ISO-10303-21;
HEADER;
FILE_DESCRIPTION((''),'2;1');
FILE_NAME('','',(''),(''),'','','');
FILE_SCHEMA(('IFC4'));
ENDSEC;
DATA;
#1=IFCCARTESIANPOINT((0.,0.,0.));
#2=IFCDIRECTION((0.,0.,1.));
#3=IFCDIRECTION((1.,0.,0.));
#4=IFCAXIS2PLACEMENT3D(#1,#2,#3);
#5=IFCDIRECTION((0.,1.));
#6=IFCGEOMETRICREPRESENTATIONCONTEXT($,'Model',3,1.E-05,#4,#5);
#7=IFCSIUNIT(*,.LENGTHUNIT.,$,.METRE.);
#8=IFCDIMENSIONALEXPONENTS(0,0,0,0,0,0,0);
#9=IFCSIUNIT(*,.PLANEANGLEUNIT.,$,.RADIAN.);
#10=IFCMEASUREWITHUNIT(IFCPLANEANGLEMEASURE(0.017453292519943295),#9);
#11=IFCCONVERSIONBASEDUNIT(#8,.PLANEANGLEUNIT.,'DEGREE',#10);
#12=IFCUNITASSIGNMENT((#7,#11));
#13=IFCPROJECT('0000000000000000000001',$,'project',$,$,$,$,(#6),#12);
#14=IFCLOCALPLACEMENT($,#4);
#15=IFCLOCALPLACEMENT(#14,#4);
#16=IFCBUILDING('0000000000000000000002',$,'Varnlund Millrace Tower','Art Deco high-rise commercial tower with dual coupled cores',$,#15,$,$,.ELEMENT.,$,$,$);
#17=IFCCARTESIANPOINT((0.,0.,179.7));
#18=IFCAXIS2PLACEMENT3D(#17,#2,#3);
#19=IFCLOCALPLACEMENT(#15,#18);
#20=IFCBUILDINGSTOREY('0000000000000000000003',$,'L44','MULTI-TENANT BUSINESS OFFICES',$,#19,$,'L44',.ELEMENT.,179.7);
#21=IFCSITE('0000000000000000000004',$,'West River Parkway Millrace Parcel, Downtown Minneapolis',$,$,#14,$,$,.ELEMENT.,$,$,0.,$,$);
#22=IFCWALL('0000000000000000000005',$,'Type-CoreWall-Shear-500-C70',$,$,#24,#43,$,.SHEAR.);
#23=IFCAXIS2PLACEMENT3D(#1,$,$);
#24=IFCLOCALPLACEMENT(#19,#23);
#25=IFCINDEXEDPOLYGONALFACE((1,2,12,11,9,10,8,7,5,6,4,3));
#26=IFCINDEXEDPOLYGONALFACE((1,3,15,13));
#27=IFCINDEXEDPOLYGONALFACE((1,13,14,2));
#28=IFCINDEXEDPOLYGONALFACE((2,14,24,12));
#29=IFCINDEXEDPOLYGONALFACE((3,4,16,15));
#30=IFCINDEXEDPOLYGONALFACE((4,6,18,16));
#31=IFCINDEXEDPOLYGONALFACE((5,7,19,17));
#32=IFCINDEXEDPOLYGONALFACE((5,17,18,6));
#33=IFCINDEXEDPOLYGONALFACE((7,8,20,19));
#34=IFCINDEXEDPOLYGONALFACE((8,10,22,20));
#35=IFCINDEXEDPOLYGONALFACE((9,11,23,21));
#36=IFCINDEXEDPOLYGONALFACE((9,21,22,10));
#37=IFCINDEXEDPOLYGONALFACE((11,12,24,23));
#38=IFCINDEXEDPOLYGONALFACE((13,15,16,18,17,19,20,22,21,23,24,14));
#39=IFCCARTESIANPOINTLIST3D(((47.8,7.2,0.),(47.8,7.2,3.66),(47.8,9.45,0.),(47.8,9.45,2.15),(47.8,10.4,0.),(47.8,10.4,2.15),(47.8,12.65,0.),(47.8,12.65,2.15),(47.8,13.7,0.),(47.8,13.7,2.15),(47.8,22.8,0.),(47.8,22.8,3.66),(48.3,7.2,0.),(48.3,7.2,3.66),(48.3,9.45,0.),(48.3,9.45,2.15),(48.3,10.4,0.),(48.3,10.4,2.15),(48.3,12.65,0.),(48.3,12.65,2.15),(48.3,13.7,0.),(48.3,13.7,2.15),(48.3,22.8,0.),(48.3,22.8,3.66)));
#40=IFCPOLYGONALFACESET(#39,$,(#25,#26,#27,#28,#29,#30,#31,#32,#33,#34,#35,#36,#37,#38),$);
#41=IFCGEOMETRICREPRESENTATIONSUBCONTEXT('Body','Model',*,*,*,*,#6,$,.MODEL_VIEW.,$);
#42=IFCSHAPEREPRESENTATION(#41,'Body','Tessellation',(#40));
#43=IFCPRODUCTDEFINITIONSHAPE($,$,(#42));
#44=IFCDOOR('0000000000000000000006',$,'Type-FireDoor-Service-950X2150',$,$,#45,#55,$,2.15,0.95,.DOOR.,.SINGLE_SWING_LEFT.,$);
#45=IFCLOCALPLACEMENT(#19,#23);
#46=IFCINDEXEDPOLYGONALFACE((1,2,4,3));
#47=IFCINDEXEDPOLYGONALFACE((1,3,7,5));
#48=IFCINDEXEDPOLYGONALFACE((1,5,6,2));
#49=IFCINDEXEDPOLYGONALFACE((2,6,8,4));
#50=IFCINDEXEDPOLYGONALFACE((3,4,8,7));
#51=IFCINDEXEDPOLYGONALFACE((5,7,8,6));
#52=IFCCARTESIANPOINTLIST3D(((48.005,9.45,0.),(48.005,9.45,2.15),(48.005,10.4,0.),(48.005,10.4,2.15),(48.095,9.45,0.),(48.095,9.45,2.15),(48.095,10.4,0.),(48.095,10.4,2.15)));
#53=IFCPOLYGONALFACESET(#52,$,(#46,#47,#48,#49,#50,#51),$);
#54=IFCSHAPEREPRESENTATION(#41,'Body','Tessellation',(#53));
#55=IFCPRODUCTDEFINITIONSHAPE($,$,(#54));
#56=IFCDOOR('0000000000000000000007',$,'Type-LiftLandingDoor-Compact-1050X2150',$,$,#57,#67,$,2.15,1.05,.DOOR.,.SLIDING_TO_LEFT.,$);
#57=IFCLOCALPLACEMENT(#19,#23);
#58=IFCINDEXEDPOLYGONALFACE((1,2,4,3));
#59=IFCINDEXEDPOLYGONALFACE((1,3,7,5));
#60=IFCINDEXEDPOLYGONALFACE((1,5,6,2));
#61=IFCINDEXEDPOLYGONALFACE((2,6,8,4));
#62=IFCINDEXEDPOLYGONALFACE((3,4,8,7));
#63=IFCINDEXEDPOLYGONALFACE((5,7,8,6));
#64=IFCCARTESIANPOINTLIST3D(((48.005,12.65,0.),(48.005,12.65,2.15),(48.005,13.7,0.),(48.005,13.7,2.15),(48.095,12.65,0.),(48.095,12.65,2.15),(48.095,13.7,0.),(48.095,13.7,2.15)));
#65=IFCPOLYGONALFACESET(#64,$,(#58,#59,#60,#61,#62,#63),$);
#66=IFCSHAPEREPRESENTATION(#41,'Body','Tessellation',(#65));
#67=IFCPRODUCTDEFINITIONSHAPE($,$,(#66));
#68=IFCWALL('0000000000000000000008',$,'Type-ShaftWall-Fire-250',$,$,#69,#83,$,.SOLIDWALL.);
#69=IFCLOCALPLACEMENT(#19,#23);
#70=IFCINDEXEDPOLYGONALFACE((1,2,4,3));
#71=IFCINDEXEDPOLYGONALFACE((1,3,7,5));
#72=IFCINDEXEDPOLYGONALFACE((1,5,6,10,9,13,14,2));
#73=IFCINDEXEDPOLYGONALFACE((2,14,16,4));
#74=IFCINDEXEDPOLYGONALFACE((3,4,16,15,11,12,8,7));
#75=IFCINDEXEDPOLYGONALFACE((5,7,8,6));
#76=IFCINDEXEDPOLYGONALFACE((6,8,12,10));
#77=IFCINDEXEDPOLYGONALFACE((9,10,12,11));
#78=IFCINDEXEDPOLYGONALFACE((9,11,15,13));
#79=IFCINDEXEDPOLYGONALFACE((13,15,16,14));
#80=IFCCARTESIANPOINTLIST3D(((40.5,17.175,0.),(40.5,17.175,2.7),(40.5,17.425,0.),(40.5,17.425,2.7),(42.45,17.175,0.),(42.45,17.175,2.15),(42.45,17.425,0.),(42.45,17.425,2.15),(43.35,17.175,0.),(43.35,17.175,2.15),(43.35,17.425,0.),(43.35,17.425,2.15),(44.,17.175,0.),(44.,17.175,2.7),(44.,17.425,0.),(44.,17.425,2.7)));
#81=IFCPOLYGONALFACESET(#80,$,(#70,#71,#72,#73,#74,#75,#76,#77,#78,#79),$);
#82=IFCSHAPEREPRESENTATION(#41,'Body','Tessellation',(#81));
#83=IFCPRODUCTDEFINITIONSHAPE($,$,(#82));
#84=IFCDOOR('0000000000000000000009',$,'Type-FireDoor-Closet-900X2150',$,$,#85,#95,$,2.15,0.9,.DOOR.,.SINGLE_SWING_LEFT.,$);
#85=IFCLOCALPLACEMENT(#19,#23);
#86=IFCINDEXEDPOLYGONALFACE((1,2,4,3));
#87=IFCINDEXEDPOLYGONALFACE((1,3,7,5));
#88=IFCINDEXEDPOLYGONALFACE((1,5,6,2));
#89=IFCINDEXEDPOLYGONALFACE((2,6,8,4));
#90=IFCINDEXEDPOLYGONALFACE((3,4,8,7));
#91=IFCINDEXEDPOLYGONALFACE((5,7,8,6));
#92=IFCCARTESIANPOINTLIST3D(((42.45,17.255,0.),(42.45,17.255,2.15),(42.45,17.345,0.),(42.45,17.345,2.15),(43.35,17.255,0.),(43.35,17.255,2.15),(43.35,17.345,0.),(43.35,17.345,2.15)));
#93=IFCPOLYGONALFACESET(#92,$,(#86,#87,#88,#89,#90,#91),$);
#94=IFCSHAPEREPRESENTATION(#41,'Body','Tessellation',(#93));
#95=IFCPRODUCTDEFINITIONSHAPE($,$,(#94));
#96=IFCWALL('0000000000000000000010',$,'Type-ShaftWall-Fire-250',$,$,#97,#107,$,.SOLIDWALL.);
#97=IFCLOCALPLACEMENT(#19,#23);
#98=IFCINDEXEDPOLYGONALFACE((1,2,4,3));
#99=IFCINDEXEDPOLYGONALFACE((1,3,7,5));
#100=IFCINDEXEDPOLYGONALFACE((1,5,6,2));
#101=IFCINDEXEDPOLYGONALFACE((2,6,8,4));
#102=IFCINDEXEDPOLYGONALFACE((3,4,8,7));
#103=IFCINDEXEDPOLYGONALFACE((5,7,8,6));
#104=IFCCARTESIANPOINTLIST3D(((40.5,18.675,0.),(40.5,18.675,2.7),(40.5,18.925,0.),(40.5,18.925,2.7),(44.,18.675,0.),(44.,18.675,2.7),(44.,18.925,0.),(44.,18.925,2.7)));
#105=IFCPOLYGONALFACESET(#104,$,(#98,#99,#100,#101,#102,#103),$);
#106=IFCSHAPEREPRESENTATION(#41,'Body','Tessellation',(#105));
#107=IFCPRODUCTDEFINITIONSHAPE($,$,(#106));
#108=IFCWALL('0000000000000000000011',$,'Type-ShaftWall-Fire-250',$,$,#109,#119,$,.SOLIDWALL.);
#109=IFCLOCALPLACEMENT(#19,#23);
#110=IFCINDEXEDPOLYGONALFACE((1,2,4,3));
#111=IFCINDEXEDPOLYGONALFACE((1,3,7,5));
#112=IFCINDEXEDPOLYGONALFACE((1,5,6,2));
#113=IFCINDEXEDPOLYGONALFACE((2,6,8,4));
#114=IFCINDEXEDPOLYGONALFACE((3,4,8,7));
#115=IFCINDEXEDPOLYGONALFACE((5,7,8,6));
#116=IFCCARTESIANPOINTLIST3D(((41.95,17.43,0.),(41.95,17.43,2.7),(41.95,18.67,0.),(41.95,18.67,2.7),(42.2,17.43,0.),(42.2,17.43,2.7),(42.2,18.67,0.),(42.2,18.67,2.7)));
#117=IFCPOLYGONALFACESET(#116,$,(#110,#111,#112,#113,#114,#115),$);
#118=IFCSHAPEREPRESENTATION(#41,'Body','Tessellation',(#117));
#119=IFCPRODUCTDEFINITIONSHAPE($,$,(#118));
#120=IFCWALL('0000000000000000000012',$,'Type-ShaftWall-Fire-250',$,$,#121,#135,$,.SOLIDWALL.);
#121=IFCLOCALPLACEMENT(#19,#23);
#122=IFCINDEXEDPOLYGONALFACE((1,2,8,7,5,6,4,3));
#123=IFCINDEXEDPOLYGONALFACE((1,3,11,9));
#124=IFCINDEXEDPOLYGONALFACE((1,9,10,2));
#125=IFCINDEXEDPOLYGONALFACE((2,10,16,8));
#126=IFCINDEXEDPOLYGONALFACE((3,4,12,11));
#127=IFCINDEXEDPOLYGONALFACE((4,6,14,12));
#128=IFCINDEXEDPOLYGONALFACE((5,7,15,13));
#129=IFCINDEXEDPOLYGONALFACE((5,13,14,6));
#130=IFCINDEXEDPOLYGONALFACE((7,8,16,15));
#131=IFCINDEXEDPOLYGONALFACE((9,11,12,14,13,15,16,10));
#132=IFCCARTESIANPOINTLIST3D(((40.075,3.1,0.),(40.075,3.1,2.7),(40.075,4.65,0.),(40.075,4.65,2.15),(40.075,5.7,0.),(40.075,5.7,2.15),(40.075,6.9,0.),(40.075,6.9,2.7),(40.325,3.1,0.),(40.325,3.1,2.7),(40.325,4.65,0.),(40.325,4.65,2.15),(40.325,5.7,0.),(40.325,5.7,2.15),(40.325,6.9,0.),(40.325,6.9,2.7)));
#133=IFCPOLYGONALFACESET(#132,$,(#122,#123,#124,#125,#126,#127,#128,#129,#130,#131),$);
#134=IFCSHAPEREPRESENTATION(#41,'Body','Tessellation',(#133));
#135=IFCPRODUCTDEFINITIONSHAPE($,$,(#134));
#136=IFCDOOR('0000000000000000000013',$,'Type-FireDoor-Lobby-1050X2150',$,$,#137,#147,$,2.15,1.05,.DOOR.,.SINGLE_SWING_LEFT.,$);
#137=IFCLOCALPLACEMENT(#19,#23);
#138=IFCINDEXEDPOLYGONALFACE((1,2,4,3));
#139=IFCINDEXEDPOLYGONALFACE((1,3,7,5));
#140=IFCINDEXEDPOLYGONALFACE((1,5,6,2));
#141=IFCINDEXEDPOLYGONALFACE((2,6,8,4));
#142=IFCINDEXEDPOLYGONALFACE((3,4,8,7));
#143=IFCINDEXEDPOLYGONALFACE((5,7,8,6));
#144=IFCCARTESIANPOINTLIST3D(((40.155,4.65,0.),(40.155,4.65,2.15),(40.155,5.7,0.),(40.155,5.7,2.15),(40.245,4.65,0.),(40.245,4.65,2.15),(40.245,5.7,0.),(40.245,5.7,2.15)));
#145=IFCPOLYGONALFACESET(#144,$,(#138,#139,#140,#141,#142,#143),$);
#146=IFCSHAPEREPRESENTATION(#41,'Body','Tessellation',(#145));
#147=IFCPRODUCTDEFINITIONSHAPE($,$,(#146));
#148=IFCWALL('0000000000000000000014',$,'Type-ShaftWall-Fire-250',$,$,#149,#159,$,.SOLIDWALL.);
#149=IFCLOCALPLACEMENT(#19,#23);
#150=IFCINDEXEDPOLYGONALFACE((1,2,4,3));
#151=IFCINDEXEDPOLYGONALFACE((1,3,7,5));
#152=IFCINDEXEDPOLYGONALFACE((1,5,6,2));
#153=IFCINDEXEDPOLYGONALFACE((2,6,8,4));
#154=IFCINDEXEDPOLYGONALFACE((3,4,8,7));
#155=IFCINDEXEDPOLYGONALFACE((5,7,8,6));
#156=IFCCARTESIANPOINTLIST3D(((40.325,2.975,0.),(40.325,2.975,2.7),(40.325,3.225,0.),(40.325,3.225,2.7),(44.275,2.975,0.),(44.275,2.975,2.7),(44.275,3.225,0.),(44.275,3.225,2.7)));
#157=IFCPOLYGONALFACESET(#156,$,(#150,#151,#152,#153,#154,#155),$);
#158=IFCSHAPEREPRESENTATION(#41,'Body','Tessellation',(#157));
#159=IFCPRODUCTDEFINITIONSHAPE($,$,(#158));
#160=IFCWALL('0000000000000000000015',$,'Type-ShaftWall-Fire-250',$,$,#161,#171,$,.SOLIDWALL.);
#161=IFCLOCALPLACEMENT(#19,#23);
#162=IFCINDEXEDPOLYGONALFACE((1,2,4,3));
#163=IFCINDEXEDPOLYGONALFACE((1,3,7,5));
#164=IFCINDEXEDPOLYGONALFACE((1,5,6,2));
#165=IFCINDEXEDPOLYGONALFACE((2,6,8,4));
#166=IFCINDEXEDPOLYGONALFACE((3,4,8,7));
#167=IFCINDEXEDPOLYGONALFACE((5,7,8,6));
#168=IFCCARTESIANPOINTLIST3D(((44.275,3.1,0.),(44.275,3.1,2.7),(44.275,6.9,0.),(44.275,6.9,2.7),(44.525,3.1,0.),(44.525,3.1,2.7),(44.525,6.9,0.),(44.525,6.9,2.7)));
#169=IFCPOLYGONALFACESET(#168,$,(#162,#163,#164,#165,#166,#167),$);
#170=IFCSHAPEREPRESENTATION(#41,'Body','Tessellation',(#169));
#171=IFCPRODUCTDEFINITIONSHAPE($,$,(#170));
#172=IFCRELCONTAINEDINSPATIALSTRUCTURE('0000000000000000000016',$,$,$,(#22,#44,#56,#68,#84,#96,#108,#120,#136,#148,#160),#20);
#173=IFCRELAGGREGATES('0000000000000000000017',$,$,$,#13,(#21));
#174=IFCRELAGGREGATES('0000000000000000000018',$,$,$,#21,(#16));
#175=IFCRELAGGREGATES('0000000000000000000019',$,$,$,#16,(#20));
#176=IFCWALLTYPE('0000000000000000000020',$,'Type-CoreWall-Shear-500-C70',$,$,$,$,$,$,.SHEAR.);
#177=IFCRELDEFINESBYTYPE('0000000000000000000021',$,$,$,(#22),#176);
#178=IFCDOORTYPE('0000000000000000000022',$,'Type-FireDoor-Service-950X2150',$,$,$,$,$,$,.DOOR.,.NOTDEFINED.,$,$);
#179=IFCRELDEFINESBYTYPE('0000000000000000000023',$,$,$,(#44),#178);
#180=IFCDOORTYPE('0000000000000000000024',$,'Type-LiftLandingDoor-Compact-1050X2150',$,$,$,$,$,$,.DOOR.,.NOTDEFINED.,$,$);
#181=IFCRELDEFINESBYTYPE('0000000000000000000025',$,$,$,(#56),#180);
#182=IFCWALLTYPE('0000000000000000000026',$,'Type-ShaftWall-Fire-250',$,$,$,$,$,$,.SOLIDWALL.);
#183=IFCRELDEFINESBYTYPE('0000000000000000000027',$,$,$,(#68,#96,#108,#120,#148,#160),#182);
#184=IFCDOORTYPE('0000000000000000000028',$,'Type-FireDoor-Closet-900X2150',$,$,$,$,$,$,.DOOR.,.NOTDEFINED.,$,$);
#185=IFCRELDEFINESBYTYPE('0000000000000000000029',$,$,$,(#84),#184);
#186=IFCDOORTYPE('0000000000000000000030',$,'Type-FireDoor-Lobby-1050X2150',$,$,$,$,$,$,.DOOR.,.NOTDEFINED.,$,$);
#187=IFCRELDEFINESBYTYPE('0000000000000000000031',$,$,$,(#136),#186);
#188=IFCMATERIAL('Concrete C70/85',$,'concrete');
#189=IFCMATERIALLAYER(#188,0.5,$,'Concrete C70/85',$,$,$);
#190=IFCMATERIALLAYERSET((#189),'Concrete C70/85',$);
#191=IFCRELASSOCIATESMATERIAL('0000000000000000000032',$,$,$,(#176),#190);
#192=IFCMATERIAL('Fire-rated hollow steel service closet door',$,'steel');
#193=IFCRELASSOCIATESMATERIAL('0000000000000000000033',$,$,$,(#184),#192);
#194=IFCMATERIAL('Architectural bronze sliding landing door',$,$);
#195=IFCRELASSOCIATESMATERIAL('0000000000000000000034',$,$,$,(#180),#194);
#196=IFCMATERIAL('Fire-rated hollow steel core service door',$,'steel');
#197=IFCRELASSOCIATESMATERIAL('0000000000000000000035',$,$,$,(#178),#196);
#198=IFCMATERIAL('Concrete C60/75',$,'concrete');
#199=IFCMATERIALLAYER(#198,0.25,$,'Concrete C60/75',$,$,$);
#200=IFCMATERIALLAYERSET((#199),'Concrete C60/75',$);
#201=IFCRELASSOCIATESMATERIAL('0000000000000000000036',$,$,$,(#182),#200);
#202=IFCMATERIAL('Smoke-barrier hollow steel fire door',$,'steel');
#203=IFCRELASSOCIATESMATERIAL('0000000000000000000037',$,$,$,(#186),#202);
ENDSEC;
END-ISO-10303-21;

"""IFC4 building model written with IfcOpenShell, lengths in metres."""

from ifc_helpers import new_model, entity, si_unit, converted_unit, direction, frame, origin_with_axes, origin_2d_with_axis, place, context, subcontext, project, spatial, polyline, rectangle, outline, extrude, material, layer, layer_set, type_object, element, fill, save


model = new_model("IFC4")

# Units and contexts
model_context = context("Model", 3, precision=1e-05, world=origin_with_axes(), true_north=direction((0.0, 1.0)))
body_context = subcontext(model_context, "Body", "Model", "MODEL_VIEW")
ifc_project = project(units=[si_unit("LENGTHUNIT", "METRE"), converted_unit("PLANEANGLEUNIT", "DEGREE", entity("IfcPlaneAngleMeasure", 0.017453292519943295), si_unit("PLANEANGLEUNIT", "RADIAN"), dimensions=[0, 0, 0, 0, 0, 0, 0])], contexts=[model_context])

# Site, building, storey
site_placement = place(None, origin_with_axes())
site = spatial("IfcSite", under=ifc_project, at=site_placement, Name="West River Parkway Millrace Parcel, Downtown Minneapolis", CompositionType="ELEMENT", RefElevation=0.0)
building_placement = place(site_placement, origin_with_axes())
building = spatial("IfcBuilding", under=site, at=building_placement, Name="Varnlund Millrace Tower", Description="Art Deco high-rise commercial tower with dual coupled cores", CompositionType="ELEMENT")
storey_placement = place(building_placement, frame((0.0, 0.0, 179.7), z_axis=(0.0, 0.0, 1.0), x_axis=(1.0, 0.0, 0.0)))
storey = spatial("IfcBuildingStorey", under=building, at=storey_placement, Name="L44", Description="MULTI-TENANT BUSINESS OFFICES", LongName="L44", CompositionType="ELEMENT", Elevation=179.7)

# Shared definitions
ifc_material_1 = material(Name="Concrete C70/85", Category="concrete")

# Shared definitions
ifc_layer_1 = layer(ifc_material_1, 0.5, Name="Concrete C70/85")
ifc_layer_set_1 = layer_set([ifc_layer_1], Name="Concrete C70/85")
wall_type_1 = type_object("IfcWallType", Name="Type-CoreWall-Shear-500-C70", PredefinedType="SHEAR", material=ifc_layer_set_1)
ifc_material_2 = material(Name="Fire-rated hollow steel service closet door", Category="steel")
door_type_1 = type_object("IfcDoorType", Name="Type-FireDoor-Closet-900X2150", OperationType="NOTDEFINED", PredefinedType="DOOR", material=ifc_material_2)
ifc_material_3 = material(Name="Architectural bronze sliding landing door")
door_type_2 = type_object("IfcDoorType", Name="Type-LiftLandingDoor-Compact-1050X2150", OperationType="NOTDEFINED", PredefinedType="DOOR", material=ifc_material_3)

# Wall, openings, doors
wall_1_placement = place(storey_placement, frame((48.05, 7.2, 0.0), z_axis=(0.0, 0.0, 1.0), x_axis=(0.0, 1.0, 0.0)))
wall_1 = element("IfcWall", 1, at=wall_1_placement, inside=storey, type_object=wall_type_1, Name="Type-CoreWall-Shear-500-C70", PredefinedType="SHEAR", context=body_context, shape_type="SweptSolid", body=[
    extrude(outline(polyline([(0.0, -0.25), (15.6, -0.25), (15.6, 0.25), (0.0, 0.25), (0.0, -0.25)])), origin_with_axes(), (0.0, 0.0, 1.0), 3.66),
])
opening_1_placement = place(wall_1_placement, frame((5.975, 0.0, 0.0), z_axis=(0.0, 0.0, 1.0), x_axis=(1.0, 0.0, 0.0)))
opening_1 = element("IfcOpeningElement", 2, at=opening_1_placement, cuts=wall_1, PredefinedType="OPENING", context=body_context, shape_type="SweptSolid", body=[
    extrude(rectangle(XDim=1.05, YDim=0.52, at=origin_2d_with_axis()), origin_with_axes(), (0.0, 0.0, 1.0), 2.15),
])
opening_2_placement = place(wall_1_placement, frame((2.725, 0.0, 0.0), z_axis=(0.0, 0.0, 1.0), x_axis=(1.0, 0.0, 0.0)))
opening_2 = element("IfcOpeningElement", 3, at=opening_2_placement, cuts=wall_1, PredefinedType="OPENING", context=body_context, shape_type="SweptSolid", body=[
    extrude(rectangle(XDim=0.95, YDim=0.52, at=origin_2d_with_axis()), origin_with_axes(), (0.0, 0.0, 1.0), 2.15),
])
ifc_material_4 = material(Name="Fire-rated hollow steel core service door", Category="steel")
door_type_3 = type_object("IfcDoorType", Name="Type-FireDoor-Service-950X2150", OperationType="NOTDEFINED", PredefinedType="DOOR", material=ifc_material_4)
door_1_placement = place(wall_1_placement, frame((2.725, 0.0, 0.0), z_axis=(0.0, 0.0, 1.0), x_axis=(1.0, 0.0, 0.0)))
door_1 = element("IfcDoor", 4, at=door_1_placement, inside=storey, type_object=door_type_3, Name="Type-FireDoor-Service-950X2150", OperationType="SINGLE_SWING_LEFT", OverallHeight=2.15, OverallWidth=0.95, PredefinedType="DOOR", context=body_context, shape_type="SweptSolid", body=[
    extrude(rectangle(XDim=0.95, YDim=0.09, at=origin_2d_with_axis()), origin_with_axes(), (0.0, 0.0, 1.0), 2.15),
])
fill(opening_2, door_1)
door_2_placement = place(wall_1_placement, frame((5.975, 0.0, 0.0), z_axis=(0.0, 0.0, 1.0), x_axis=(1.0, 0.0, 0.0)))
door_2 = element("IfcDoor", 5, at=door_2_placement, inside=storey, type_object=door_type_2, Name="Type-LiftLandingDoor-Compact-1050X2150", OperationType="SLIDING_TO_LEFT", OverallHeight=2.15, OverallWidth=1.05, PredefinedType="DOOR", context=body_context, shape_type="SweptSolid", body=[
    extrude(rectangle(XDim=1.05, YDim=0.09, at=origin_2d_with_axis()), origin_with_axes(), (0.0, 0.0, 1.0), 2.15),
])
fill(opening_1, door_2)

# Wall, opening, door
ifc_material_5 = material(Name="Concrete C60/75", Category="concrete")
ifc_layer_2 = layer(ifc_material_5, 0.25, Name="Concrete C60/75")
ifc_layer_set_2 = layer_set([ifc_layer_2], Name="Concrete C60/75")
wall_type_2 = type_object("IfcWallType", Name="Type-ShaftWall-Fire-250", PredefinedType="SOLIDWALL", material=ifc_layer_set_2)
wall_2_placement = place(storey_placement, frame((40.5, 17.3, 0.0), z_axis=(0.0, 0.0, 1.0), x_axis=(1.0, 0.0, 0.0)))
wall_2 = element("IfcWall", 6, at=wall_2_placement, inside=storey, type_object=wall_type_2, Name="Type-ShaftWall-Fire-250", PredefinedType="SOLIDWALL", context=body_context, shape_type="SweptSolid", body=[
    extrude(outline(polyline([(0.0, -0.125), (3.5, -0.125), (3.5, 0.125), (0.0, 0.125), (0.0, -0.125)])), origin_with_axes(), (0.0, 0.0, 1.0), 2.7),
])
opening_3_placement = place(wall_2_placement, frame((2.4, 0.0, 0.0), z_axis=(0.0, 0.0, 1.0), x_axis=(1.0, 0.0, 0.0)))
opening_3 = element("IfcOpeningElement", 7, at=opening_3_placement, cuts=wall_2, PredefinedType="OPENING", context=body_context, shape_type="SweptSolid", body=[
    extrude(rectangle(XDim=0.9, YDim=0.27, at=origin_2d_with_axis()), origin_with_axes(), (0.0, 0.0, 1.0), 2.15),
])
door_3_placement = place(wall_2_placement, frame((2.4, 0.0, 0.0), z_axis=(0.0, 0.0, 1.0), x_axis=(1.0, 0.0, 0.0)))
door_3 = element("IfcDoor", 8, at=door_3_placement, inside=storey, type_object=door_type_1, Name="Type-FireDoor-Closet-900X2150", OperationType="SINGLE_SWING_LEFT", OverallHeight=2.15, OverallWidth=0.9, PredefinedType="DOOR", context=body_context, shape_type="SweptSolid", body=[
    extrude(rectangle(XDim=0.9, YDim=0.09, at=origin_2d_with_axis()), origin_with_axes(), (0.0, 0.0, 1.0), 2.15),
])
fill(opening_3, door_3)

# Walls
wall_3_placement = place(storey_placement, frame((40.5, 18.8, 0.0), z_axis=(0.0, 0.0, 1.0), x_axis=(1.0, 0.0, 0.0)))
element("IfcWall", 9, at=wall_3_placement, inside=storey, type_object=wall_type_2, Name="Type-ShaftWall-Fire-250", PredefinedType="SOLIDWALL", context=body_context, shape_type="SweptSolid", body=[
    extrude(outline(polyline([(0.0, -0.125), (3.5, -0.125), (3.5, 0.125), (0.0, 0.125), (0.0, -0.125)])), origin_with_axes(), (0.0, 0.0, 1.0), 2.7),
])
wall_4_placement = place(storey_placement, frame((42.075, 17.43, 0.0), z_axis=(0.0, 0.0, 1.0), x_axis=(0.0, 1.0, 0.0)))
element("IfcWall", 10, at=wall_4_placement, inside=storey, type_object=wall_type_2, Name="Type-ShaftWall-Fire-250", PredefinedType="SOLIDWALL", context=body_context, shape_type="SweptSolid", body=[
    extrude(outline(polyline([(0.0, -0.125), (1.24, -0.125), (1.24, 0.125), (0.0, 0.125), (0.0, -0.125)])), origin_with_axes(), (0.0, 0.0, 1.0), 2.7),
])

# Wall, opening, door
wall_5_placement = place(storey_placement, frame((40.2, 3.1, 0.0), z_axis=(0.0, 0.0, 1.0), x_axis=(0.0, 1.0, 0.0)))
wall_5 = element("IfcWall", 11, at=wall_5_placement, inside=storey, type_object=wall_type_2, Name="Type-ShaftWall-Fire-250", PredefinedType="SOLIDWALL", context=body_context, shape_type="SweptSolid", body=[
    extrude(outline(polyline([(0.0, -0.125), (3.8, -0.125), (3.8, 0.125), (0.0, 0.125), (0.0, -0.125)])), origin_with_axes(), (0.0, 0.0, 1.0), 2.7),
])
opening_4_placement = place(wall_5_placement, frame((2.075, 0.0, 0.0), z_axis=(0.0, 0.0, 1.0), x_axis=(1.0, 0.0, 0.0)))
opening_4 = element("IfcOpeningElement", 12, at=opening_4_placement, cuts=wall_5, PredefinedType="OPENING", context=body_context, shape_type="SweptSolid", body=[
    extrude(rectangle(XDim=1.05, YDim=0.27, at=origin_2d_with_axis()), origin_with_axes(), (0.0, 0.0, 1.0), 2.15),
])
ifc_material_6 = material(Name="Smoke-barrier hollow steel fire door", Category="steel")
door_type_4 = type_object("IfcDoorType", Name="Type-FireDoor-Lobby-1050X2150", OperationType="NOTDEFINED", PredefinedType="DOOR", material=ifc_material_6)
door_4_placement = place(wall_5_placement, frame((2.075, 0.0, 0.0), z_axis=(0.0, 0.0, 1.0), x_axis=(1.0, 0.0, 0.0)))
door_4 = element("IfcDoor", 13, at=door_4_placement, inside=storey, type_object=door_type_4, Name="Type-FireDoor-Lobby-1050X2150", OperationType="SINGLE_SWING_LEFT", OverallHeight=2.15, OverallWidth=1.05, PredefinedType="DOOR", context=body_context, shape_type="SweptSolid", body=[
    extrude(rectangle(XDim=1.05, YDim=0.09, at=origin_2d_with_axis()), origin_with_axes(), (0.0, 0.0, 1.0), 2.15),
])
fill(opening_4, door_4)

# Walls
wall_6_placement = place(storey_placement, frame((40.325, 3.1, 0.0), z_axis=(0.0, 0.0, 1.0), x_axis=(1.0, 0.0, 0.0)))
element("IfcWall", 14, at=wall_6_placement, inside=storey, type_object=wall_type_2, Name="Type-ShaftWall-Fire-250", PredefinedType="SOLIDWALL", context=body_context, shape_type="SweptSolid", body=[
    extrude(outline(polyline([(0.0, -0.125), (3.95, -0.125), (3.95, 0.125), (0.0, 0.125), (0.0, -0.125)])), origin_with_axes(), (0.0, 0.0, 1.0), 2.7),
])
wall_7_placement = place(storey_placement, frame((44.4, 3.1, 0.0), z_axis=(0.0, 0.0, 1.0), x_axis=(0.0, 1.0, 0.0)))
element("IfcWall", 15, at=wall_7_placement, inside=storey, type_object=wall_type_2, Name="Type-ShaftWall-Fire-250", PredefinedType="SOLIDWALL", context=body_context, shape_type="SweptSolid", body=[
    extrude(outline(polyline([(0.0, -0.125), (3.8, -0.125), (3.8, 0.125), (0.0, 0.125), (0.0, -0.125)])), origin_with_axes(), (0.0, 0.0, 1.0), 2.7),
])

save(model, "model.ifc")
